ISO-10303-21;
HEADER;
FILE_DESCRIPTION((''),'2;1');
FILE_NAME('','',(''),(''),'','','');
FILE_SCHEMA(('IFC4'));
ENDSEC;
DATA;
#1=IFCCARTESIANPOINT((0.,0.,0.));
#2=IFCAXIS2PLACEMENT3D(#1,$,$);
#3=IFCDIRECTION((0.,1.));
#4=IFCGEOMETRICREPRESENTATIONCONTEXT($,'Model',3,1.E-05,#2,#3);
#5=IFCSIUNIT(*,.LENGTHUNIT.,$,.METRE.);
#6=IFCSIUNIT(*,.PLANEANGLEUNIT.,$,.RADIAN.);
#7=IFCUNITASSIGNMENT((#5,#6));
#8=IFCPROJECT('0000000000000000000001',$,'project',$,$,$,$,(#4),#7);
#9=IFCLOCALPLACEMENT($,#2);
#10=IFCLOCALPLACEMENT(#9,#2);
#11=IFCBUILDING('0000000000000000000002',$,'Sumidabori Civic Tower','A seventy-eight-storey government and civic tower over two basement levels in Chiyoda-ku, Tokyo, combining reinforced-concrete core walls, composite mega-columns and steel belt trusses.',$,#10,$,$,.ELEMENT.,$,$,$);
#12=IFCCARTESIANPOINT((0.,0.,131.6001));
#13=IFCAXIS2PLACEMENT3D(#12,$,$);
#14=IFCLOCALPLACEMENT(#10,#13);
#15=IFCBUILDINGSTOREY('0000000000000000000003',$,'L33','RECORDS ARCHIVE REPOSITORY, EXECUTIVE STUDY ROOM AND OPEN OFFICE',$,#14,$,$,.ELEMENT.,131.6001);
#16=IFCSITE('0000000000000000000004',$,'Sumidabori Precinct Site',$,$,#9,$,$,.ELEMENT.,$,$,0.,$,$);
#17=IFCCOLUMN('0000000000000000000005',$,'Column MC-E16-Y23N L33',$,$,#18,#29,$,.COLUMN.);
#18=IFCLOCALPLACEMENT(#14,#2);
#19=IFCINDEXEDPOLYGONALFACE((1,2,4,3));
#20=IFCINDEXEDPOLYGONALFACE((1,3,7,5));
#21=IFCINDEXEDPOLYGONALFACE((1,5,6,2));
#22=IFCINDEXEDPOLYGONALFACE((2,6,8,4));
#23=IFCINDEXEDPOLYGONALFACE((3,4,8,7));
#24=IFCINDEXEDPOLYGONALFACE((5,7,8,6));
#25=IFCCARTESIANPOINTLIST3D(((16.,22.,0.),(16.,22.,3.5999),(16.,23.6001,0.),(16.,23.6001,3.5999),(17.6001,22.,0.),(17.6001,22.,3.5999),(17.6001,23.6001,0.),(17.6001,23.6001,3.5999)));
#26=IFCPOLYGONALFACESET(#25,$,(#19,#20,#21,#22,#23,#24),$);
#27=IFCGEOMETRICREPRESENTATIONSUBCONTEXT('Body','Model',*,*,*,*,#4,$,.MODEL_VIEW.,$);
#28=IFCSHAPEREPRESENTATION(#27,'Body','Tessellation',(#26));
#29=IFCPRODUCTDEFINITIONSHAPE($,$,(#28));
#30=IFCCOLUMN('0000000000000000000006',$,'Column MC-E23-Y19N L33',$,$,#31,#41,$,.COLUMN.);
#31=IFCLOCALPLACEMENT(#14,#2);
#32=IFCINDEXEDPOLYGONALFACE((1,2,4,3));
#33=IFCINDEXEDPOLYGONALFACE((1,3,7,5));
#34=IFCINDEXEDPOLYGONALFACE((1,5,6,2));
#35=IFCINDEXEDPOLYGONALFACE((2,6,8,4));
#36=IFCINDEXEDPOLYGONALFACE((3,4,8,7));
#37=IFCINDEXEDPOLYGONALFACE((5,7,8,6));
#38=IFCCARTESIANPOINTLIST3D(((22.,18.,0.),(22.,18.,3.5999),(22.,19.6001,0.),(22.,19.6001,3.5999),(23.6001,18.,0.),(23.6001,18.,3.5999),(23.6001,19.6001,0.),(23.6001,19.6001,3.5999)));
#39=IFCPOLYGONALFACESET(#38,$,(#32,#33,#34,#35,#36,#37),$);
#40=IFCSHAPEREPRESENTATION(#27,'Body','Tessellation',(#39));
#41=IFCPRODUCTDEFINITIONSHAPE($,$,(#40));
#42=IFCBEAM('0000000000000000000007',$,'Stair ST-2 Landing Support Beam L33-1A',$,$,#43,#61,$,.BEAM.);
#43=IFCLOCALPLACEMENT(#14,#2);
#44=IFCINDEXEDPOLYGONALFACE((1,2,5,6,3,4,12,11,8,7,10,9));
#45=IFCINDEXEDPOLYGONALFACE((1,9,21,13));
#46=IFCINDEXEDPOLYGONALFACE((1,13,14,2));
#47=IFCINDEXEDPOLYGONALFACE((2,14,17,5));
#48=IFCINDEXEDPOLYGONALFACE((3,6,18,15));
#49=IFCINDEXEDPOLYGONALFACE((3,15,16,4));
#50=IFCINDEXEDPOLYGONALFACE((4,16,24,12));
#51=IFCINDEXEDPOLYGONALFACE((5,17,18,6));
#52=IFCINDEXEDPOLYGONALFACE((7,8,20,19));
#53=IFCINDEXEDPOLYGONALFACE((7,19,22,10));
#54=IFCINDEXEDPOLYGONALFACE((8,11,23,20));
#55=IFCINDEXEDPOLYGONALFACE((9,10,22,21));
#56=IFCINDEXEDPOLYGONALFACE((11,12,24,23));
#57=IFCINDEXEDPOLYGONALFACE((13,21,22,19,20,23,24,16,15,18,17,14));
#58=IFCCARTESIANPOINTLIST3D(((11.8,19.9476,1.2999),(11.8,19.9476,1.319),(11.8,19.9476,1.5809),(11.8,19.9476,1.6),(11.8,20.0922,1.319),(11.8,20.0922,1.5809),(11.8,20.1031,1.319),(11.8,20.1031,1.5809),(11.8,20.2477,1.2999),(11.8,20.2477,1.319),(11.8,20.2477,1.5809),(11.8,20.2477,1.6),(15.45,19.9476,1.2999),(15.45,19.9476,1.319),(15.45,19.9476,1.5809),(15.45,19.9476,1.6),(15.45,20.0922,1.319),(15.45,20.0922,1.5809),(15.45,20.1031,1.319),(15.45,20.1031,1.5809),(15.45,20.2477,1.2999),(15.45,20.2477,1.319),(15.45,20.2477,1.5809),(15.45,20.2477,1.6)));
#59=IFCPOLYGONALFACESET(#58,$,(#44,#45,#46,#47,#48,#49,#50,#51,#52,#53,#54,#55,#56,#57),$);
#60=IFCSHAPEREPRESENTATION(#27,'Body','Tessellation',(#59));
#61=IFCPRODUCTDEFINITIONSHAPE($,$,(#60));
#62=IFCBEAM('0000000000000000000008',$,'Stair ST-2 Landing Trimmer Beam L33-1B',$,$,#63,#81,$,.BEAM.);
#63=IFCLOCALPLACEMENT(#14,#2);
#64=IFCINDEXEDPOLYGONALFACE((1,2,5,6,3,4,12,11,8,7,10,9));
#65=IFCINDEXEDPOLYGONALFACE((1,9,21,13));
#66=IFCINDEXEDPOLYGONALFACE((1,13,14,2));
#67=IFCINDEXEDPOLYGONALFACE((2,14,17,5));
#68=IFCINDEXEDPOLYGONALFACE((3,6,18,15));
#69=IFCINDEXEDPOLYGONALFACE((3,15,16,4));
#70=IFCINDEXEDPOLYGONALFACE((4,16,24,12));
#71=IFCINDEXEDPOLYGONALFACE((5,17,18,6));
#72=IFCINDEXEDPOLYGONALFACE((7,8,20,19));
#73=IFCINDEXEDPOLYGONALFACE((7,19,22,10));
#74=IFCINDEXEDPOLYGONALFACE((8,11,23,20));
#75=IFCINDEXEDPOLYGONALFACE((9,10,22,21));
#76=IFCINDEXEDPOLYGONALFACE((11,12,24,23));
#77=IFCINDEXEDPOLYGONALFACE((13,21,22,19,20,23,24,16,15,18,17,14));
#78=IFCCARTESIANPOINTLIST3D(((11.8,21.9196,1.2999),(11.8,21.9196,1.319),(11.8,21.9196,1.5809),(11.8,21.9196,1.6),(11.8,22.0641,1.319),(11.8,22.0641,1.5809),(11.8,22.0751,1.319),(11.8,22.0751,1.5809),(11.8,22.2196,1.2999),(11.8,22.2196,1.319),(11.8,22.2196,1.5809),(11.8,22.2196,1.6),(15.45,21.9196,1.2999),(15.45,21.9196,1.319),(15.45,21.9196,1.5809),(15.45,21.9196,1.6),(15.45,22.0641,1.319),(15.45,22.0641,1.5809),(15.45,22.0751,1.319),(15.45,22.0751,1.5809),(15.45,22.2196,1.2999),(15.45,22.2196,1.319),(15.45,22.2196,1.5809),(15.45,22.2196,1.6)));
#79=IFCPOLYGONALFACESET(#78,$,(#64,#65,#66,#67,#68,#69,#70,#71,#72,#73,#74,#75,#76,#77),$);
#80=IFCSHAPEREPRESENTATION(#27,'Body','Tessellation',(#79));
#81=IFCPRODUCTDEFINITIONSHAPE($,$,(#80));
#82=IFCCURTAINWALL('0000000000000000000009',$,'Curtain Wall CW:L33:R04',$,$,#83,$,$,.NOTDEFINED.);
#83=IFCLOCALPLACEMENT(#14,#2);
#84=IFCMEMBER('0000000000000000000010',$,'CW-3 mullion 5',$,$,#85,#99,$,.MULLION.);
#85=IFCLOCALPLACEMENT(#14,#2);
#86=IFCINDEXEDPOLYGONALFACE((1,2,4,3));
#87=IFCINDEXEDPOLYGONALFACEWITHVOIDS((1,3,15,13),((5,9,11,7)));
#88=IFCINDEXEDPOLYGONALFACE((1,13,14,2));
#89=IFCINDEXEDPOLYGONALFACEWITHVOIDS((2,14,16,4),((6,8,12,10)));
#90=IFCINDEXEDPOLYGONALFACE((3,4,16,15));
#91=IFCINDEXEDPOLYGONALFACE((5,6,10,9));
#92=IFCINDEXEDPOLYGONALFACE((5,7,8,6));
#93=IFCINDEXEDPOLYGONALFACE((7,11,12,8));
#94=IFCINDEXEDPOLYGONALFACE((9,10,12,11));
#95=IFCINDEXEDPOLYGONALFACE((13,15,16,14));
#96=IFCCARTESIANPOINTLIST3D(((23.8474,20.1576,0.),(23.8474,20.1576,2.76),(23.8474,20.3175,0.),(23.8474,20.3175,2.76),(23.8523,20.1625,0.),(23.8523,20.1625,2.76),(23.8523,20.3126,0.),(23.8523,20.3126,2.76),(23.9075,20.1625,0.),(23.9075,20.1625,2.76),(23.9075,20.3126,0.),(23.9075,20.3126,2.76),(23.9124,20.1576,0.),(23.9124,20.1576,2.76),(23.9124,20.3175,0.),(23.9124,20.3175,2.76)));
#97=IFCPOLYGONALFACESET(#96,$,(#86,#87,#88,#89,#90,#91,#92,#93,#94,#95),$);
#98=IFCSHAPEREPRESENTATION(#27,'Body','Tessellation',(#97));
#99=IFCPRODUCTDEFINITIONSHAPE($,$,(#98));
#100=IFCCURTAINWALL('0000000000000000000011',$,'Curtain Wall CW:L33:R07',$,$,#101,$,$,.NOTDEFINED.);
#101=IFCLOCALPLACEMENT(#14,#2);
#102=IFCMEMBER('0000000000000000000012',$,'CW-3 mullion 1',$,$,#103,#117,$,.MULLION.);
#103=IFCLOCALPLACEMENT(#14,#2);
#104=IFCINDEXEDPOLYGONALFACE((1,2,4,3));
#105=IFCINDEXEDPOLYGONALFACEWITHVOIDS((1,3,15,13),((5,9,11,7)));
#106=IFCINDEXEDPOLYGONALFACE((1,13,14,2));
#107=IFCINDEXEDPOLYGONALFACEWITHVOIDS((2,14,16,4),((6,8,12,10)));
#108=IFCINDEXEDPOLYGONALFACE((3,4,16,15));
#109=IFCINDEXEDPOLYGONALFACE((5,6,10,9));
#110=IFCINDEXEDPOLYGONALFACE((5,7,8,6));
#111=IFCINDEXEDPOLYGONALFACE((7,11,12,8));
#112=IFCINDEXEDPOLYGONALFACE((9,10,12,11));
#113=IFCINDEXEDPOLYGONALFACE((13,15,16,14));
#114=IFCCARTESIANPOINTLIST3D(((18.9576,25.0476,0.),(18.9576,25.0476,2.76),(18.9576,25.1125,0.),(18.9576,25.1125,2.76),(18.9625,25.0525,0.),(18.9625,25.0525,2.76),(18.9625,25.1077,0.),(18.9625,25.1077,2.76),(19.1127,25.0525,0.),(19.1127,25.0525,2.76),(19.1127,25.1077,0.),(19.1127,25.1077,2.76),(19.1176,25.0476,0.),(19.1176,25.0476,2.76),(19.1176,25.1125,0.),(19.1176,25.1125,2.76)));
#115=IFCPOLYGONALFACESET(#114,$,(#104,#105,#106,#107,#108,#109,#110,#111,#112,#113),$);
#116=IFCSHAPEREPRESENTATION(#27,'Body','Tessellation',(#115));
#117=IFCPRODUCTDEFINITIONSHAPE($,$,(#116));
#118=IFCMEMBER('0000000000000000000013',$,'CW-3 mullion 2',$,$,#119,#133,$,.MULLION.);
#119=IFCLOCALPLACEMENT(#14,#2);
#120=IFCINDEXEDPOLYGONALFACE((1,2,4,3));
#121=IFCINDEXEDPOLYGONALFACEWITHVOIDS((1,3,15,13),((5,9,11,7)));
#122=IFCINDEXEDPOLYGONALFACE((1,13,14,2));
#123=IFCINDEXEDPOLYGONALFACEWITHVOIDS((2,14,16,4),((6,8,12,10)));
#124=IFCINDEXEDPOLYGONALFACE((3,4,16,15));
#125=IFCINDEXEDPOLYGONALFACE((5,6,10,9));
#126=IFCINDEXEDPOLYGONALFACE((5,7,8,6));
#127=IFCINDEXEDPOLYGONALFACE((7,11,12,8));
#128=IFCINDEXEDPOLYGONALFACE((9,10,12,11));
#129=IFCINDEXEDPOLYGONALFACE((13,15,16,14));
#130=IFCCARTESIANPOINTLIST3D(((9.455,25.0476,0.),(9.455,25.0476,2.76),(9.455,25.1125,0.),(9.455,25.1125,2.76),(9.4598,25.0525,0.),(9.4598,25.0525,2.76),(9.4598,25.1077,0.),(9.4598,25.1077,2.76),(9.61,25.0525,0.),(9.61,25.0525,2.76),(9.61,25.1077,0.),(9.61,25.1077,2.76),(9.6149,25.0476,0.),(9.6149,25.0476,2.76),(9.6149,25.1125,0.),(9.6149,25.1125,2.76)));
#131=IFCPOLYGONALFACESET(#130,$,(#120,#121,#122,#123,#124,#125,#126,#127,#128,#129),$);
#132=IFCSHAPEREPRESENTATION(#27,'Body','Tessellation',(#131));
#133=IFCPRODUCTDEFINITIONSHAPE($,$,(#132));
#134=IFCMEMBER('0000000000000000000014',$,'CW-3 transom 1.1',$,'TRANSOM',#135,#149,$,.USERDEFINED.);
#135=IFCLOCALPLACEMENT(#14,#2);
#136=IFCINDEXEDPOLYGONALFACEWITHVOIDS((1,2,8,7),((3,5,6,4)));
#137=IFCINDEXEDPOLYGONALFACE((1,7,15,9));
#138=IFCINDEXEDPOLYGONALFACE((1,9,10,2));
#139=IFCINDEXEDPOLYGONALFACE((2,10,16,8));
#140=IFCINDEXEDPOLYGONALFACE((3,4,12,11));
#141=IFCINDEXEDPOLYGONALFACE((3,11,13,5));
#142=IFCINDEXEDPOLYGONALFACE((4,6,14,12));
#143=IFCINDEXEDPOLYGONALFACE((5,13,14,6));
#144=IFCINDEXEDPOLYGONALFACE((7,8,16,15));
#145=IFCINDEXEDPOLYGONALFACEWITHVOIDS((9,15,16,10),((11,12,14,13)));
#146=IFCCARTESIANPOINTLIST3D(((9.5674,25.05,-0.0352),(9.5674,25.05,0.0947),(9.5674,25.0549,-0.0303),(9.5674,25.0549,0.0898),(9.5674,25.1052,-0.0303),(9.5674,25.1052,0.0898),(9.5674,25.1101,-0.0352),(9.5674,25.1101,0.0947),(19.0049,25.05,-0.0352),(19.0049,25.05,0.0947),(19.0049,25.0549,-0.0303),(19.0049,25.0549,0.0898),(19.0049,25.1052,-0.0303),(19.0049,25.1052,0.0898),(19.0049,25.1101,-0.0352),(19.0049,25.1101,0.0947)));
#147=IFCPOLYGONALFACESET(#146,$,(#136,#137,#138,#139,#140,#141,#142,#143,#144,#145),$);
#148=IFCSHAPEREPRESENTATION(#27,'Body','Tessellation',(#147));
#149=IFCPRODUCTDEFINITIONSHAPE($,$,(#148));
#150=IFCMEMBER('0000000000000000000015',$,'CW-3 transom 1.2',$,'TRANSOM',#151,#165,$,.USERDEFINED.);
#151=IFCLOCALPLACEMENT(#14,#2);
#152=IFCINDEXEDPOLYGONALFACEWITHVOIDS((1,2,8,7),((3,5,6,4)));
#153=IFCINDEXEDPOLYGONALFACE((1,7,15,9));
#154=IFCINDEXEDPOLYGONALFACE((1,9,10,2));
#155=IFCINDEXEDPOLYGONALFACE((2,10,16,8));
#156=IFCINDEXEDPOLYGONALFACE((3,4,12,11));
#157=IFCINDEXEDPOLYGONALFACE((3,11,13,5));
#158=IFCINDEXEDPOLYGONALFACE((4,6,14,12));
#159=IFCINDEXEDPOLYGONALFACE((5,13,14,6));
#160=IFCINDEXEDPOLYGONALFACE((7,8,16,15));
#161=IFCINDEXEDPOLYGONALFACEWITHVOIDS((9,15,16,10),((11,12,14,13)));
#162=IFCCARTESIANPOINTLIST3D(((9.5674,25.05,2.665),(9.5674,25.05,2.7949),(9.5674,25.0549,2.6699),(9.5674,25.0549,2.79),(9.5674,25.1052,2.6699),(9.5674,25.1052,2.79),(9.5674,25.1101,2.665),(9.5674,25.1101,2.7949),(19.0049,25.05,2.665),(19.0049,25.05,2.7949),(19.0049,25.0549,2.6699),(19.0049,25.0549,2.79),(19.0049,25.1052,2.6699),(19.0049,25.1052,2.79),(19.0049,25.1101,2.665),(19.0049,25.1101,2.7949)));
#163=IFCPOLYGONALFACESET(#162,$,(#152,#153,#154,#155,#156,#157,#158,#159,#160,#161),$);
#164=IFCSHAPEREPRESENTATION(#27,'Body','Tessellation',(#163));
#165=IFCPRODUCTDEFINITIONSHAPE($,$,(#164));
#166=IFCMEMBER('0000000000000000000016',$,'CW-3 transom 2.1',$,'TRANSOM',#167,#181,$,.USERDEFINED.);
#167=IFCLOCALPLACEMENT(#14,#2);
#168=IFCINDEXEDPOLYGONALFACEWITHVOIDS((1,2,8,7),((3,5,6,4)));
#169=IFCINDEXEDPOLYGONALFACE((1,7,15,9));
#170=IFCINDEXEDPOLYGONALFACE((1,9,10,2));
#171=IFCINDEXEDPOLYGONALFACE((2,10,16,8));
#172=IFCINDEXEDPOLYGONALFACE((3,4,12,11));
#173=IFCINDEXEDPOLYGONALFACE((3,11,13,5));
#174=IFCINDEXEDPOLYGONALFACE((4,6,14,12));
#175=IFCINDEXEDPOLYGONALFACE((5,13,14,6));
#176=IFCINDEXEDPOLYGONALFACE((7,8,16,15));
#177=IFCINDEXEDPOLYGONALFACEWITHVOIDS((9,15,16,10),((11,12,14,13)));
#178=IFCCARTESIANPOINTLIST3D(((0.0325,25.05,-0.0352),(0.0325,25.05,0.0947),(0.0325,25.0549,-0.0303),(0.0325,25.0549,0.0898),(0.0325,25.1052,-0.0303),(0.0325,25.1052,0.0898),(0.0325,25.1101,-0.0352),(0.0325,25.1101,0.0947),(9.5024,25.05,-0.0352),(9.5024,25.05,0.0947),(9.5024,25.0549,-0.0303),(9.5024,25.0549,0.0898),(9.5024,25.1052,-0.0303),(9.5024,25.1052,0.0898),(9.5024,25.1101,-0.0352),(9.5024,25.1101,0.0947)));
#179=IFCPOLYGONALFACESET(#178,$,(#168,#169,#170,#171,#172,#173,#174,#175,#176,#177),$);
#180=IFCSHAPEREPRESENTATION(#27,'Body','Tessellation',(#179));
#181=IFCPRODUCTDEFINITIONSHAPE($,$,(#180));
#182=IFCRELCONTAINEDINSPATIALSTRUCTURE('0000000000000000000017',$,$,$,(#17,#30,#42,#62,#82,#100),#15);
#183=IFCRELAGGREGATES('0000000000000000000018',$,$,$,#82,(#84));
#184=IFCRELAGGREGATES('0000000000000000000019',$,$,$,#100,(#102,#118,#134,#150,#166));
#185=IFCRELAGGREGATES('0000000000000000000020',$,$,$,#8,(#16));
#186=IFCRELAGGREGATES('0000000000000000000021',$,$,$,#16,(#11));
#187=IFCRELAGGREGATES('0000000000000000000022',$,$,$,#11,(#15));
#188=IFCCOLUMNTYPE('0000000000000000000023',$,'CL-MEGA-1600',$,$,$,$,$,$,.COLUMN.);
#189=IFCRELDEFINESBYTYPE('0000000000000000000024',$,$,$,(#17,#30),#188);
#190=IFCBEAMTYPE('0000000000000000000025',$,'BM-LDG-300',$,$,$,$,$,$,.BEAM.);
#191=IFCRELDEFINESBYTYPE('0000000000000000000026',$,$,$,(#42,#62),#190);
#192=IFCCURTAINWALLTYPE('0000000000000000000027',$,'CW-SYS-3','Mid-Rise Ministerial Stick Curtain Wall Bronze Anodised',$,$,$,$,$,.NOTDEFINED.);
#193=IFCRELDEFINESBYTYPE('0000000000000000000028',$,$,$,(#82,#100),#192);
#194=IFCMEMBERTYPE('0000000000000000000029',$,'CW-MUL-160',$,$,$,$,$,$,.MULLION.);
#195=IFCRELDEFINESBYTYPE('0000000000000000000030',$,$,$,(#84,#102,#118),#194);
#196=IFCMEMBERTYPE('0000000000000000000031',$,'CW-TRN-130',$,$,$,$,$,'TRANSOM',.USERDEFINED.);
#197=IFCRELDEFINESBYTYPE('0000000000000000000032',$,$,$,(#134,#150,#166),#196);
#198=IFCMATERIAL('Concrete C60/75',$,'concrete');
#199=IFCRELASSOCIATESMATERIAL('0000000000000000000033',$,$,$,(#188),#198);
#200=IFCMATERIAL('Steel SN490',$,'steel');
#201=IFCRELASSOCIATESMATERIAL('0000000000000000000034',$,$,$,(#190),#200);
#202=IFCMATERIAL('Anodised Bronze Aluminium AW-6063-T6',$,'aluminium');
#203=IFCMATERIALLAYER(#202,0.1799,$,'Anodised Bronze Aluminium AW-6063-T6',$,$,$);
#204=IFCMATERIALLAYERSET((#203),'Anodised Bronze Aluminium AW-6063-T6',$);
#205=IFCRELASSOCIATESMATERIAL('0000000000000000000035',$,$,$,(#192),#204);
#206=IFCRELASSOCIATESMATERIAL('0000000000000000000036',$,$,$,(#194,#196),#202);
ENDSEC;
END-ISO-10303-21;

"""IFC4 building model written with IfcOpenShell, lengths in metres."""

from ifc_helpers import new_model, si_unit, direction, frame, origin, origin_2d, place, context, subcontext, project, spatial, rectangle, hollow_rectangle, i_section, extrude, source, transform, mapped, material, layer, layer_set, material_profile, profile_set, type_object, element, aggregate, save


model = new_model("IFC4")

# Units and contexts
model_context = context("Model", 3, precision=1e-05, world=origin(), true_north=direction((0.0, 1.0)))
body_context = subcontext(model_context, "Body", "Model", "MODEL_VIEW")
ifc_project = project(units=[si_unit("LENGTHUNIT", "METRE"), si_unit("PLANEANGLEUNIT", "RADIAN")], contexts=[model_context])

# Site, building, storey
site_placement = place(None, origin())
site = spatial("IfcSite", under=ifc_project, at=site_placement, Name="Sumidabori Precinct Site", CompositionType="ELEMENT", RefElevation=0.0)
building_placement = place(site_placement, origin())
building = spatial("IfcBuilding", under=site, at=building_placement, Name="Sumidabori Civic Tower", Description="A seventy-eight-storey government and civic tower over two basement levels in Chiyoda-ku, Tokyo, combining reinforced-concrete core walls, composite mega-columns and steel belt trusses.", CompositionType="ELEMENT")
storey_placement = place(building_placement, frame((0.0, 0.0, 131.6001)))
storey = spatial("IfcBuildingStorey", under=building, at=storey_placement, Name="L33", Description="RECORDS ARCHIVE REPOSITORY, EXECUTIVE STUDY ROOM AND OPEN OFFICE", CompositionType="ELEMENT", Elevation=131.6001)

# Columns
ifc_material_1 = material(Name="Concrete C60/75", Category="concrete")
ifc_material_profile_1 = material_profile(ifc_material_1, rectangle(XDim=1.6001, YDim=1.6001, at=origin_2d()), Name="RC 1600x1600")
ifc_profile_set_1 = profile_set([ifc_material_profile_1], Name="Concrete C60/75")
column_type = type_object("IfcColumnType", Name="CL-MEGA-1600", PredefinedType="COLUMN", material=ifc_profile_set_1)
shared_shape_1 = source(origin(), body_context, "Body", "SweptSolid", [
    extrude(rectangle(XDim=1.6001, YDim=1.6001, at=origin_2d()), origin(), (0.0, 0.0, 1.0), 3.5999),
])
for number, where, z_axis, x_axis, name in (
    (1, (16.8, 22.8, 0.0), (0.0, 0.0, 1.0), (1.0, 0.0, 0.0), "Column MC-E16-Y23N L33"),
    (2, (22.8, 18.8, 0.0), (0.0, 0.0, 1.0), (1.0, 0.0, 0.0), "Column MC-E23-Y19N L33"),
):
    element("IfcColumn", number, at=place(storey_placement, frame(where, z_axis=z_axis, x_axis=x_axis)), inside=storey, type_object=column_type, Name=name, PredefinedType="COLUMN", context=body_context, shape_type="MappedRepresentation", body=[
        mapped(shared_shape_1, transform((0.0, 0.0, 0.0), x_axis=(1.0, 0.0, 0.0), y_axis=(0.0, 1.0, 0.0), z_axis=(0.0, 0.0, 1.0), scale=1.0)),
    ])

# Beams
ifc_material_2 = material(Name="Steel SN490", Category="steel")
ifc_material_profile_2 = material_profile(ifc_material_2, i_section(OverallWidth=0.3, OverallDepth=0.3, WebThickness=0.011, FlangeThickness=0.019, at=origin_2d()), Name="HE 300 B")
ifc_profile_set_2 = profile_set([ifc_material_profile_2], Name="Steel SN490")
beam_type = type_object("IfcBeamType", Name="BM-LDG-300", PredefinedType="BEAM", material=ifc_profile_set_2)
shared_shape_2 = source(origin(), body_context, "Body", "SweptSolid", [
    extrude(i_section(OverallWidth=0.3, OverallDepth=0.3, WebThickness=0.011, FlangeThickness=0.019, at=origin_2d()), origin(), (0.0, 0.0, 1.0), 3.6499),
])
for number, where, z_axis, x_axis, name in (
    (3, (11.8, 20.0977, 1.45), (1.0, 0.0, 0.0), (0.0, 1.0, 0.0), "Stair ST-2 Landing Support Beam L33-1A"),
    (4, (11.8, 22.0696, 1.45), (1.0, 0.0, 0.0), (0.0, 1.0, 0.0), "Stair ST-2 Landing Trimmer Beam L33-1B"),
):
    element("IfcBeam", number, at=place(storey_placement, frame(where, z_axis=z_axis, x_axis=x_axis)), inside=storey, type_object=beam_type, Name=name, PredefinedType="BEAM", context=body_context, shape_type="MappedRepresentation", body=[
        mapped(shared_shape_2, transform((0.0, 0.0, 0.0), x_axis=(1.0, 0.0, 0.0), y_axis=(0.0, 1.0, 0.0), z_axis=(0.0, 0.0, 1.0), scale=1.0)),
    ])

# Curtain wall, member
ifc_material_3 = material(Name="Anodised Bronze Aluminium AW-6063-T6", Category="aluminium")
ifc_layer_1 = layer(ifc_material_3, 0.1799, Name="Anodised Bronze Aluminium AW-6063-T6")
ifc_layer_set_1 = layer_set([ifc_layer_1], Name="Anodised Bronze Aluminium AW-6063-T6")
curtain_wall_type = type_object("IfcCurtainWallType", Name="CW-SYS-3", Description="Mid-Rise Ministerial Stick Curtain Wall Bronze Anodised", PredefinedType="NOTDEFINED", material=ifc_layer_set_1)
curtain_wall_1_placement = place(storey_placement, origin())
curtain_wall_1 = element("IfcCurtainWall", 5, at=curtain_wall_1_placement, inside=storey, type_object=curtain_wall_type, Name="Curtain Wall CW:L33:R04", PredefinedType="NOTDEFINED")
ifc_material_profile_3 = material_profile(ifc_material_3, hollow_rectangle(XDim=0.0649, YDim=0.1599, WallThickness=0.0049, at=origin_2d()), Name="ALU MULLION 160x65")
ifc_profile_set_3 = profile_set([ifc_material_profile_3], Name="Anodised Bronze Aluminium AW-6063-T6")
member_type_1 = type_object("IfcMemberType", Name="CW-MUL-160", PredefinedType="MULLION", material=ifc_profile_set_3)
shared_shape_3 = source(origin(), body_context, "Body", "SweptSolid", [
    extrude(hollow_rectangle(XDim=0.0649, YDim=0.1599, WallThickness=0.0049, at=origin_2d()), origin(), (0.0, 0.0, 1.0), 2.76),
])
member_1_placement = place(storey_placement, frame((23.8799, 20.2375, 0.0), z_axis=(0.0, 0.0, 1.0), x_axis=(-1.0, 0.0, 0.0)))
member_1 = element("IfcMember", 6, at=member_1_placement, type_object=member_type_1, Name="CW-3 mullion 5", PredefinedType="MULLION", context=body_context, shape_type="MappedRepresentation", body=[
    mapped(shared_shape_3, transform((0.0, 0.0, 0.0), x_axis=(1.0, 0.0, 0.0), y_axis=(0.0, 1.0, 0.0), z_axis=(0.0, 0.0, 1.0), scale=1.0)),
])
aggregate(curtain_wall_1, [member_1])

# Curtain wall, members
curtain_wall_2_placement = place(storey_placement, origin())
curtain_wall_2 = element("IfcCurtainWall", 7, at=curtain_wall_2_placement, inside=storey, type_object=curtain_wall_type, Name="Curtain Wall CW:L33:R07", PredefinedType="NOTDEFINED")
member_2_placement = place(storey_placement, frame((19.0376, 25.0801, 0.0), z_axis=(0.0, 0.0, 1.0), x_axis=(0.0, -1.0, 0.0)))
member_2 = element("IfcMember", 8, at=member_2_placement, type_object=member_type_1, Name="CW-3 mullion 1", PredefinedType="MULLION", context=body_context, shape_type="MappedRepresentation", body=[
    mapped(shared_shape_3, transform((0.0, 0.0, 0.0), x_axis=(1.0, 0.0, 0.0), y_axis=(0.0, 1.0, 0.0), z_axis=(0.0, 0.0, 1.0), scale=1.0)),
])
member_3_placement = place(storey_placement, frame((9.5349, 25.0801, 0.0), z_axis=(0.0, 0.0, 1.0), x_axis=(0.0, -1.0, 0.0)))
member_3 = element("IfcMember", 9, at=member_3_placement, type_object=member_type_1, Name="CW-3 mullion 2", PredefinedType="MULLION", context=body_context, shape_type="MappedRepresentation", body=[
    mapped(shared_shape_3, transform((0.0, 0.0, 0.0), x_axis=(1.0, 0.0, 0.0), y_axis=(0.0, 1.0, 0.0), z_axis=(0.0, 0.0, 1.0), scale=1.0)),
])
ifc_material_profile_4 = material_profile(ifc_material_3, hollow_rectangle(XDim=0.0601, YDim=0.1299, WallThickness=0.0049, at=origin_2d()), Name="ALU TRANSOM 130x60")
ifc_profile_set_4 = profile_set([ifc_material_profile_4], Name="Anodised Bronze Aluminium AW-6063-T6")
member_type_2 = type_object("IfcMemberType", Name="CW-TRN-130", ElementType="TRANSOM", PredefinedType="USERDEFINED", material=ifc_profile_set_4)
shared_shape_4 = source(origin(), body_context, "Body", "SweptSolid", [
    extrude(hollow_rectangle(XDim=0.0601, YDim=0.1299, WallThickness=0.0049, at=origin_2d()), origin(), (0.0, 0.0, 1.0), 9.4375),
])
member_4_placement = place(storey_placement, frame((19.0049, 25.0801, 0.0298), z_axis=(-1.0, 0.0, 0.0), x_axis=(0.0, -1.0, 0.0)))
member_4 = element("IfcMember", 10, at=member_4_placement, type_object=member_type_2, Name="CW-3 transom 1.1", ObjectType="TRANSOM", PredefinedType="USERDEFINED", context=body_context, shape_type="MappedRepresentation", body=[
    mapped(shared_shape_4, transform((0.0, 0.0, 0.0), x_axis=(1.0, 0.0, 0.0), y_axis=(0.0, 1.0, 0.0), z_axis=(0.0, 0.0, 1.0), scale=1.0)),
])
member_5_placement = place(storey_placement, frame((19.0049, 25.0801, 2.73), z_axis=(-1.0, 0.0, 0.0), x_axis=(0.0, -1.0, 0.0)))
member_5 = element("IfcMember", 11, at=member_5_placement, type_object=member_type_2, Name="CW-3 transom 1.2", ObjectType="TRANSOM", PredefinedType="USERDEFINED", context=body_context, shape_type="MappedRepresentation", body=[
    mapped(shared_shape_4, transform((0.0, 0.0, 0.0), x_axis=(1.0, 0.0, 0.0), y_axis=(0.0, 1.0, 0.0), z_axis=(0.0, 0.0, 1.0), scale=1.0)),
])
shared_shape_5 = source(origin(), body_context, "Body", "SweptSolid", [
    extrude(hollow_rectangle(XDim=0.0601, YDim=0.1299, WallThickness=0.0049, at=origin_2d()), origin(), (0.0, 0.0, 1.0), 9.47),
])
member_6_placement = place(storey_placement, frame((9.5024, 25.0801, 0.0298), z_axis=(-1.0, 0.0, 0.0), x_axis=(0.0, -1.0, 0.0)))
member_6 = element("IfcMember", 12, at=member_6_placement, type_object=member_type_2, Name="CW-3 transom 2.1", ObjectType="TRANSOM", PredefinedType="USERDEFINED", context=body_context, shape_type="MappedRepresentation", body=[
    mapped(shared_shape_5, transform((0.0, 0.0, 0.0), x_axis=(1.0, 0.0, 0.0), y_axis=(0.0, 1.0, 0.0), z_axis=(0.0, 0.0, 1.0), scale=1.0)),
])
aggregate(curtain_wall_2, [member_2, member_3, member_4, member_5, member_6])

save(model, "model.ifc")
